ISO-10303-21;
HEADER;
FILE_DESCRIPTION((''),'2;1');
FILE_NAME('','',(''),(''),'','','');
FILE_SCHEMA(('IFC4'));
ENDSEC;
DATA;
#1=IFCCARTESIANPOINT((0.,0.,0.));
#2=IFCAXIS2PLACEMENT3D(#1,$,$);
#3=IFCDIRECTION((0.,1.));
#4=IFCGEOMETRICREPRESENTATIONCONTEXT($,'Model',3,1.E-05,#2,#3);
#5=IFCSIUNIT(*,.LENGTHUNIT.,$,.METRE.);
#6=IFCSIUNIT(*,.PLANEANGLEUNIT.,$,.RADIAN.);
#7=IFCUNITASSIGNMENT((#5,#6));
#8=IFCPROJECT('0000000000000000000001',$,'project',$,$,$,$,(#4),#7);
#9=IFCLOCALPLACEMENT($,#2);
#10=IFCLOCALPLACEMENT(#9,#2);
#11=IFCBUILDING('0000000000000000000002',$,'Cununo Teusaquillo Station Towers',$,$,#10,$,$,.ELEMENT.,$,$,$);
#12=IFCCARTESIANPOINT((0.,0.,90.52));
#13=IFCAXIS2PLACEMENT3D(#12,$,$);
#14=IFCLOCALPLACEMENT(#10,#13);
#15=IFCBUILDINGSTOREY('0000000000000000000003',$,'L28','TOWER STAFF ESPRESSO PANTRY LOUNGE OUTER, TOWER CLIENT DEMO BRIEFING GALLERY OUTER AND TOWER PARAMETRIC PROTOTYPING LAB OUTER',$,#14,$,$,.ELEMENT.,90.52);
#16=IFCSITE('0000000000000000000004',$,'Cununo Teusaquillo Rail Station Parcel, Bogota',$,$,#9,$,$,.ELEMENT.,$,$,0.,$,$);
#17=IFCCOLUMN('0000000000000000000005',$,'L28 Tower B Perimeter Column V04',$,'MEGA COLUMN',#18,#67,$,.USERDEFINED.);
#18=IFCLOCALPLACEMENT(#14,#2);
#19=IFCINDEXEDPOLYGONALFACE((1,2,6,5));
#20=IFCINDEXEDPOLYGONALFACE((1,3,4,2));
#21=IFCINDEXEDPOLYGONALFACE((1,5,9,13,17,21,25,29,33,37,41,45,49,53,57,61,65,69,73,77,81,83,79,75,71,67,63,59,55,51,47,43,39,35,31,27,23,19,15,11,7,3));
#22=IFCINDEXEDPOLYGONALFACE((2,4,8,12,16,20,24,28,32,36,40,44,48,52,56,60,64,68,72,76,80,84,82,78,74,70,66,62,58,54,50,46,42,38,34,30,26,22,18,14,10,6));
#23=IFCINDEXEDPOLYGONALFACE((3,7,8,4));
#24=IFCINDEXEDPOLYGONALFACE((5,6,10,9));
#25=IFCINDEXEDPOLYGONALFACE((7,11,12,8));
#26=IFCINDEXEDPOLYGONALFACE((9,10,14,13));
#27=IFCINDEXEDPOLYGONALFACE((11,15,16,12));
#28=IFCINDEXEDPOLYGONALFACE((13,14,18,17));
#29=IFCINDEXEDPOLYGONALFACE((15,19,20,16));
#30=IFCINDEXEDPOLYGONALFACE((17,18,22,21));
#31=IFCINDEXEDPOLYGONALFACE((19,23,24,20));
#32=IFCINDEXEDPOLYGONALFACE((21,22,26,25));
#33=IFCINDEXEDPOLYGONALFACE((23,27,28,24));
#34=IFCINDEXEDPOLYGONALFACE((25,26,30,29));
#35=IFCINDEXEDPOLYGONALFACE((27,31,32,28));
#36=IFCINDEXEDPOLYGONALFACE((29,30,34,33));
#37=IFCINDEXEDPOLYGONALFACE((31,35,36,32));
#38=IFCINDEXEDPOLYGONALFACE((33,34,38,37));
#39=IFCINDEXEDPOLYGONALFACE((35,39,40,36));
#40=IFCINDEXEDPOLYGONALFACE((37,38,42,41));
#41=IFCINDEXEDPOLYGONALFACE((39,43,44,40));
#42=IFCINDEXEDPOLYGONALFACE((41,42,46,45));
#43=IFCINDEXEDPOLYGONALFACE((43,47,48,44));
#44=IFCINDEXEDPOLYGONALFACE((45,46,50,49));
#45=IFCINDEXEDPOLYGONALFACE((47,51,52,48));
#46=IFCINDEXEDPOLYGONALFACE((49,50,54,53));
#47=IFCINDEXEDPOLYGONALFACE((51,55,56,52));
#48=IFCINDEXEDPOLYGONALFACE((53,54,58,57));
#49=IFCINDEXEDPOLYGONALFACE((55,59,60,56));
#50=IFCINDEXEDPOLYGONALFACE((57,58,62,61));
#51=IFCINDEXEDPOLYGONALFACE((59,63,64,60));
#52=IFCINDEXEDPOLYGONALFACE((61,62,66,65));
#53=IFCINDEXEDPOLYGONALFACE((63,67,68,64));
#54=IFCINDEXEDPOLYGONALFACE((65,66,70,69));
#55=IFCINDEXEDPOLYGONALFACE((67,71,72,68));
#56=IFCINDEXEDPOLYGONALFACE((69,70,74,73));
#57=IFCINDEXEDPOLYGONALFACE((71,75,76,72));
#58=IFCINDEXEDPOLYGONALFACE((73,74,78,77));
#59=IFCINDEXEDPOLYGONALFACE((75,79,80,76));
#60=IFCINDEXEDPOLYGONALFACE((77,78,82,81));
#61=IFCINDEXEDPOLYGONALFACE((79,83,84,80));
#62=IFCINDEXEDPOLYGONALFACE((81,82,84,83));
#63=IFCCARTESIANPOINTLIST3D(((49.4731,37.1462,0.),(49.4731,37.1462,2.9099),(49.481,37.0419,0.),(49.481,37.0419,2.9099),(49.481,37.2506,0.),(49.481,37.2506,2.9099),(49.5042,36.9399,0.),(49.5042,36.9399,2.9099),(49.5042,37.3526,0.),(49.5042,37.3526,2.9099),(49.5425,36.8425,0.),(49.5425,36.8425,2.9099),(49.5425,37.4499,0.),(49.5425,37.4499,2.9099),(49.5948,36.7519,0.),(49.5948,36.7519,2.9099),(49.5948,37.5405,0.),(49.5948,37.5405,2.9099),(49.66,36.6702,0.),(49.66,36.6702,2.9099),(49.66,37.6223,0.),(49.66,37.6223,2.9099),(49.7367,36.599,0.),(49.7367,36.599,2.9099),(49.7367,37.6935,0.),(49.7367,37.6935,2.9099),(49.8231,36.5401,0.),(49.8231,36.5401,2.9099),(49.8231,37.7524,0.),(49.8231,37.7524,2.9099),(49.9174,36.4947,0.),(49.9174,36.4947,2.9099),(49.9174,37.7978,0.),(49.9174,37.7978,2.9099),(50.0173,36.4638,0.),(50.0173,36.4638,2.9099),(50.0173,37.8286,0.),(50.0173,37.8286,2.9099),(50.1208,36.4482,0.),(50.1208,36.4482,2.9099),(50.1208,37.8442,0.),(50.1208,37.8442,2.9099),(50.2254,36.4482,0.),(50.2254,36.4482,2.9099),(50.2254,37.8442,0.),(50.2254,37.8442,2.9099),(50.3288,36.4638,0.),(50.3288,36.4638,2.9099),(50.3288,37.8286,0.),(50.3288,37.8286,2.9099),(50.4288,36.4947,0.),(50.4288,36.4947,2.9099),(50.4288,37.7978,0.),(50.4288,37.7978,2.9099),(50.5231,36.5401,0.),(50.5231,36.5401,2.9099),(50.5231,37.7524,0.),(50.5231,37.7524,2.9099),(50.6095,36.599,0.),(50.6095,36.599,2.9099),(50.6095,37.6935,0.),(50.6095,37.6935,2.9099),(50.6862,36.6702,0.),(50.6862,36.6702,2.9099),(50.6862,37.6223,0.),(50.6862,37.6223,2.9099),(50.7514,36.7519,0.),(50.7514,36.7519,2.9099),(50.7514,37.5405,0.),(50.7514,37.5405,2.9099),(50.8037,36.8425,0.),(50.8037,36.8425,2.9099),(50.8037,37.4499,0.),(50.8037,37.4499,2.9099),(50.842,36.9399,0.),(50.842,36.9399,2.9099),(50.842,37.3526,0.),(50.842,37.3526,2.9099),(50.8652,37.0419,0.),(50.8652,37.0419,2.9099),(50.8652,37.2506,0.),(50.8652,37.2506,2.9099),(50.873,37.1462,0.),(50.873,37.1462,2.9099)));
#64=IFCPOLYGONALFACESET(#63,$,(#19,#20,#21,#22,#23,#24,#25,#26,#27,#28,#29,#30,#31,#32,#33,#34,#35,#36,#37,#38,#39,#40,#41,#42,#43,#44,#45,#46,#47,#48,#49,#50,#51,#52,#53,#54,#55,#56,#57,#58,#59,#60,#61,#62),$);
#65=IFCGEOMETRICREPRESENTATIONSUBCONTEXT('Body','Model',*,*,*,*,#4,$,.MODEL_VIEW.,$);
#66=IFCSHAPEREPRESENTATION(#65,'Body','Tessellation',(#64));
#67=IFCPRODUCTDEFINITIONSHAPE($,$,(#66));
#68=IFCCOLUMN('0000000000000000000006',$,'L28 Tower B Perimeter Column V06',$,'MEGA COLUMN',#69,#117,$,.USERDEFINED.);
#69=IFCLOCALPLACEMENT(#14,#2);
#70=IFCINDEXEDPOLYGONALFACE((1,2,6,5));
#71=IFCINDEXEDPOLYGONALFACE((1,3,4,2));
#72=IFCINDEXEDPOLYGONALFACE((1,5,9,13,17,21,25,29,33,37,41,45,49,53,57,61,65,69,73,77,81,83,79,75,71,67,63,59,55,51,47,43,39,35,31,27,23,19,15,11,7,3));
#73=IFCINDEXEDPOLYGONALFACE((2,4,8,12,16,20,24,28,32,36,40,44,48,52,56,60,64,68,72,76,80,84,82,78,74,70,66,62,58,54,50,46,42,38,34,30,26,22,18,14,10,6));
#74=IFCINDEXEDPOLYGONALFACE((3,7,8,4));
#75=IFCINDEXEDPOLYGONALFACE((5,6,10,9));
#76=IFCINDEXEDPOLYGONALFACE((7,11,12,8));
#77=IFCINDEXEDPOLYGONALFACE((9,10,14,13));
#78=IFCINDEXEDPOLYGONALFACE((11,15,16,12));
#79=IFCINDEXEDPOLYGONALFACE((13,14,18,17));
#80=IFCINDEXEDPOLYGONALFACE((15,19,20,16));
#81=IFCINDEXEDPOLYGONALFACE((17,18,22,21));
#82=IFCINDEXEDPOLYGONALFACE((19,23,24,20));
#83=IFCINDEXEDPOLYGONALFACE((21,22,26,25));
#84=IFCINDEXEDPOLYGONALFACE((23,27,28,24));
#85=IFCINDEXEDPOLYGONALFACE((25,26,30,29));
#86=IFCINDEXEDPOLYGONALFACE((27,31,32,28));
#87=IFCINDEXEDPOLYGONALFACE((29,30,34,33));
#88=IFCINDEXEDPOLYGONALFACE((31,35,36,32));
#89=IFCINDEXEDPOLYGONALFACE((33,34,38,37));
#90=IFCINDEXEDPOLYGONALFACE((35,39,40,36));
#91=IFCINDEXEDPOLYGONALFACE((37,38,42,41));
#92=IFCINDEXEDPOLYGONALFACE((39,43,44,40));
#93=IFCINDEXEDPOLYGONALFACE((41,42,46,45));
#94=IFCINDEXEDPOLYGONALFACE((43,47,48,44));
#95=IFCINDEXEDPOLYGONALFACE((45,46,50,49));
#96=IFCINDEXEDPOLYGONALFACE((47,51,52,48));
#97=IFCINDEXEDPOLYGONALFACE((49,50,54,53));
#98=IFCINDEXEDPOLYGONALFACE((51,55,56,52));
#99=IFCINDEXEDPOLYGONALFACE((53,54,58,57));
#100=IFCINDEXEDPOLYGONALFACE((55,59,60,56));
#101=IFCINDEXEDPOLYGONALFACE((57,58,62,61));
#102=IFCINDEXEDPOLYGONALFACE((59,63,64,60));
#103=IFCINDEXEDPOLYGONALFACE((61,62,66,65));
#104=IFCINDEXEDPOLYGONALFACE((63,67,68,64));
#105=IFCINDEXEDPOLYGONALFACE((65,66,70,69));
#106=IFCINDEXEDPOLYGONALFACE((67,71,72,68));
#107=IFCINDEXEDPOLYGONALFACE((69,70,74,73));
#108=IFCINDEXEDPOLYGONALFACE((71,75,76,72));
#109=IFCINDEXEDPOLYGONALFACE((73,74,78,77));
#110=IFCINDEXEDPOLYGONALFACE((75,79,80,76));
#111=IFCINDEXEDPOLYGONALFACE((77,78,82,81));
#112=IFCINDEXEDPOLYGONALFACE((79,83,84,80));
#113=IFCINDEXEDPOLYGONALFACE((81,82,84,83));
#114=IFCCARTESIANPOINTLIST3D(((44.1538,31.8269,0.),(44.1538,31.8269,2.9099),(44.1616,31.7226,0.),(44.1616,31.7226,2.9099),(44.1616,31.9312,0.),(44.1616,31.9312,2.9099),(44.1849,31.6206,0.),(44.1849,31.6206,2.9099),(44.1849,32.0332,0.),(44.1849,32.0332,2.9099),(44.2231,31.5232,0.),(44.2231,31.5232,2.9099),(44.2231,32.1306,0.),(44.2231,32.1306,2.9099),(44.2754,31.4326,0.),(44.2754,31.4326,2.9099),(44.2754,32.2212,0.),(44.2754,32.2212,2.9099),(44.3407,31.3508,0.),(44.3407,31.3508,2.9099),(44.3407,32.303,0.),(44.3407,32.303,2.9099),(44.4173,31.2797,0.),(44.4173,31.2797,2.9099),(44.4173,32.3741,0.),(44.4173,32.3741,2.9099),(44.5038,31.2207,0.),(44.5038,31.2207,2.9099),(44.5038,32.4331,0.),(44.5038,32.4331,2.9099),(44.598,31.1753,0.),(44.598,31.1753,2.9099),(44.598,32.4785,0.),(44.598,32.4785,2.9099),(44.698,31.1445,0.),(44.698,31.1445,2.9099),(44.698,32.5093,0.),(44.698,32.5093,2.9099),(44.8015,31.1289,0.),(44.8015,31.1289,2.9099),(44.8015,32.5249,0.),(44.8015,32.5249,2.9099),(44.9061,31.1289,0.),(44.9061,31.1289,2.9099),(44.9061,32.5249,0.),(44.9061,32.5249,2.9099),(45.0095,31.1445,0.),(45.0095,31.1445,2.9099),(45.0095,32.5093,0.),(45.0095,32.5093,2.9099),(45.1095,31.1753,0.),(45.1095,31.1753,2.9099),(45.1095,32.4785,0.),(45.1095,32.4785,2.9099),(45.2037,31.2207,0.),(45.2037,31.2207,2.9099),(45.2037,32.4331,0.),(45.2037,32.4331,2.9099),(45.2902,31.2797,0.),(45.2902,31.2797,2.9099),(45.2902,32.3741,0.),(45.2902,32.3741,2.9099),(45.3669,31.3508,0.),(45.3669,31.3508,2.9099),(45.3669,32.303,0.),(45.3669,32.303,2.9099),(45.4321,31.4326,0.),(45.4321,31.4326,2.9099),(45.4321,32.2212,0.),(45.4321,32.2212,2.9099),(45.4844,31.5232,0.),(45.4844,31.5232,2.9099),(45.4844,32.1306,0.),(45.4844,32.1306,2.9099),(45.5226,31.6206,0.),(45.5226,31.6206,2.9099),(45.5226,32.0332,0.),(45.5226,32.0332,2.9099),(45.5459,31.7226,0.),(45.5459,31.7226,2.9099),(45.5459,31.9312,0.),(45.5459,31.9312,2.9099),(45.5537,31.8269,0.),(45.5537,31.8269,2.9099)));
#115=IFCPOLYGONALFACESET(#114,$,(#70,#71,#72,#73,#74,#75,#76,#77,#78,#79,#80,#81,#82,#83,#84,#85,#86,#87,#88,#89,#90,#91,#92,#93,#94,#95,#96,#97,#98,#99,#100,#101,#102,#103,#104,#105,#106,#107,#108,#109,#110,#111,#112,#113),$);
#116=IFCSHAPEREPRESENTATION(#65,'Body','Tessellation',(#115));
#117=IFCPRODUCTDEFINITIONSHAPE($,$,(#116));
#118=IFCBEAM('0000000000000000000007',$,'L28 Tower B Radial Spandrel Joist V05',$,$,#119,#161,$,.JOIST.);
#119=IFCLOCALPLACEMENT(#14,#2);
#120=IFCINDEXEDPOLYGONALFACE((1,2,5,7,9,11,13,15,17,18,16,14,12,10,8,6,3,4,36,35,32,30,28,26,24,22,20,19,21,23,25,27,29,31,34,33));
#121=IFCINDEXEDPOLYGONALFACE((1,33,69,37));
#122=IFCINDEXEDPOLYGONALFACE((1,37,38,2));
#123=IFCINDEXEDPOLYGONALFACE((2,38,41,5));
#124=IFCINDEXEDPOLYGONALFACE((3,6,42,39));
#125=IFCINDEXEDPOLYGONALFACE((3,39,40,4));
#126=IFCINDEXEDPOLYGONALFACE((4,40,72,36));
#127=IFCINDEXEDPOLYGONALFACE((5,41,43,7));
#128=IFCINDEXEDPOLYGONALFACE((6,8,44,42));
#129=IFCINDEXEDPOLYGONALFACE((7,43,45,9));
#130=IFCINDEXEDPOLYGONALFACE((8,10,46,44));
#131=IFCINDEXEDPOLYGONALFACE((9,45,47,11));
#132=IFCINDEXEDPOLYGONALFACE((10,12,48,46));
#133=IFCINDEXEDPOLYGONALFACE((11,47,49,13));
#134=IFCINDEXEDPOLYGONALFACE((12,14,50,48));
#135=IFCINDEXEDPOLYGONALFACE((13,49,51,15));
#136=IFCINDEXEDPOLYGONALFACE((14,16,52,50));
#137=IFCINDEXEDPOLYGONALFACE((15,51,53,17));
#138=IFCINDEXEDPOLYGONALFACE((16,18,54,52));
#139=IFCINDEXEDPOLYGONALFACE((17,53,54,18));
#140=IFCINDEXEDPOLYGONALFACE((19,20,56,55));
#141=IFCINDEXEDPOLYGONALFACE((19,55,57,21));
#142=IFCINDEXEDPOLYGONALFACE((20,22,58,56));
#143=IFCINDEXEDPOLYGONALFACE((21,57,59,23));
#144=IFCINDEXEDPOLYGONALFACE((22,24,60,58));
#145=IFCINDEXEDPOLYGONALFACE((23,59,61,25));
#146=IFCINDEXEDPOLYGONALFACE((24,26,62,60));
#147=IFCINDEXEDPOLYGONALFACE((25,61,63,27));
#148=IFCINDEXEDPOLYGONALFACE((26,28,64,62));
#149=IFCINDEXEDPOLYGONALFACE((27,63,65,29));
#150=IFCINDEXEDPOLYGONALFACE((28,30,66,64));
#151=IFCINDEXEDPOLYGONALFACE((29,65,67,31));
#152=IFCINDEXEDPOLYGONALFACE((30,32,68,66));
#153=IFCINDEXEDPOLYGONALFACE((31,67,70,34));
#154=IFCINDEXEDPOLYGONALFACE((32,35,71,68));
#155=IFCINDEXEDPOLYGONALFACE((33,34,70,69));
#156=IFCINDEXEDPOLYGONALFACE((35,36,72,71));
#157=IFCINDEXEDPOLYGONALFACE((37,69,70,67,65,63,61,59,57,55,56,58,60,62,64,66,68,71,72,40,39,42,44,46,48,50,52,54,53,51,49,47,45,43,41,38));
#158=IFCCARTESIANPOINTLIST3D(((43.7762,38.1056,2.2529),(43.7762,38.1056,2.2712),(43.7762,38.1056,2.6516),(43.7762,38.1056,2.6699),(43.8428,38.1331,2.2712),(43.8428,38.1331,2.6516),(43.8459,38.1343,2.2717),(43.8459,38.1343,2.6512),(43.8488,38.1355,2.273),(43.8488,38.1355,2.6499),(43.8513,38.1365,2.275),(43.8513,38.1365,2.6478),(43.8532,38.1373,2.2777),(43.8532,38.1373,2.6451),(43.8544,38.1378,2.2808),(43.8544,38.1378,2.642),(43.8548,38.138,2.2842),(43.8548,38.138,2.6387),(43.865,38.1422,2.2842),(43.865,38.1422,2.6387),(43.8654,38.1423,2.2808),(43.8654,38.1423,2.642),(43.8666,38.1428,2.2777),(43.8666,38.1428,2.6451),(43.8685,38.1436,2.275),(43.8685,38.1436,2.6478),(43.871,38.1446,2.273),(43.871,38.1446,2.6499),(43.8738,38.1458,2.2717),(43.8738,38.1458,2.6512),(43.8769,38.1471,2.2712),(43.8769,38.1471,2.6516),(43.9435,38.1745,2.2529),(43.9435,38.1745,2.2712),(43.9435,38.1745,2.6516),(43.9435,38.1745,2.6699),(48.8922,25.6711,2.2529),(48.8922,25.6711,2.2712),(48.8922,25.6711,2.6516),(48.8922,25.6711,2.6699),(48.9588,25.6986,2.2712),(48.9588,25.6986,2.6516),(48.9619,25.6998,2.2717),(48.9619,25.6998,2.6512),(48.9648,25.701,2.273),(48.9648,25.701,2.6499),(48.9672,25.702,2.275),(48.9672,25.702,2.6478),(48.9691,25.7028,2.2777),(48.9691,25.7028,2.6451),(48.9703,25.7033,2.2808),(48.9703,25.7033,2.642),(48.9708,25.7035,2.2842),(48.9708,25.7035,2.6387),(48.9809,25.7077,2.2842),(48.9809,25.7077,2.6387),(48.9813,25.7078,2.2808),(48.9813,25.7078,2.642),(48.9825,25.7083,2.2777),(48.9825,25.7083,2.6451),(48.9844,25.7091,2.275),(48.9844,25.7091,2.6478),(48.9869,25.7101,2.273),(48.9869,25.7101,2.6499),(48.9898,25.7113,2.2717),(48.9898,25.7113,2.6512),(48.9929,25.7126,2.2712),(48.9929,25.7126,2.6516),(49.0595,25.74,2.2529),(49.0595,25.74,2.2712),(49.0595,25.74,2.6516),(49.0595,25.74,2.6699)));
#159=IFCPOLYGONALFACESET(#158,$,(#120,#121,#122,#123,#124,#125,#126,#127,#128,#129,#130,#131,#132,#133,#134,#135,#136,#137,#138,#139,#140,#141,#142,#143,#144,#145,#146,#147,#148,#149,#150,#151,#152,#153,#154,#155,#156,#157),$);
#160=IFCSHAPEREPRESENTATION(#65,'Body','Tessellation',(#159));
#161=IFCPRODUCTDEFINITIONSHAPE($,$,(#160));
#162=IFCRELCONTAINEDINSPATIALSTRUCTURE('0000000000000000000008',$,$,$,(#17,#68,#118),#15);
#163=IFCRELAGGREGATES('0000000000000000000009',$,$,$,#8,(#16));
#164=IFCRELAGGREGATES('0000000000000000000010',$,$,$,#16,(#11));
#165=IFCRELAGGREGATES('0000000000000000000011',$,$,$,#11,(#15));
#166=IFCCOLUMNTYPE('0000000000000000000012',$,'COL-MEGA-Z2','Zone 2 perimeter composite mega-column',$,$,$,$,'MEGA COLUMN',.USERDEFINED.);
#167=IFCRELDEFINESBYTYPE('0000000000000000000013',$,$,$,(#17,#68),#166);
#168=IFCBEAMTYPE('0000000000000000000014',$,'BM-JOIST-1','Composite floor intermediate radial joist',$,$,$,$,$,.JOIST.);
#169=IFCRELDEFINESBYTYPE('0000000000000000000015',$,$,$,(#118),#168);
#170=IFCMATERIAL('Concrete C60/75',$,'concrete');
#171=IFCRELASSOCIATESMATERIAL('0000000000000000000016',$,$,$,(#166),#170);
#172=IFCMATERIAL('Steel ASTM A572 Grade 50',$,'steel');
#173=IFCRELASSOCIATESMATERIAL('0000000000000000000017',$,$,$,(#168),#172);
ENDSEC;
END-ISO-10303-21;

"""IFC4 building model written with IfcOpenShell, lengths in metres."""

from ifc_helpers import new_model, si_unit, direction, frame, origin, origin_2d, place, context, subcontext, project, spatial, circle, i_section, extrude, material, material_profile, profile_set, type_object, element, save


model = new_model("IFC4")

# Units and contexts
model_context = context("Model", 3, precision=1e-05, world=origin(), true_north=direction((0.0, 1.0)))
body_context = subcontext(model_context, "Body", "Model", "MODEL_VIEW")
ifc_project = project(units=[si_unit("LENGTHUNIT", "METRE"), si_unit("PLANEANGLEUNIT", "RADIAN")], contexts=[model_context])

# Site, building, storey
site_placement = place(None, origin())
site = spatial("IfcSite", under=ifc_project, at=site_placement, Name="Cununo Teusaquillo Rail Station Parcel, Bogota", CompositionType="ELEMENT", RefElevation=0.0)
building_placement = place(site_placement, origin())
building = spatial("IfcBuilding", under=site, at=building_placement, Name="Cununo Teusaquillo Station Towers", CompositionType="ELEMENT")
storey_placement = place(building_placement, frame((0.0, 0.0, 90.52)))
storey = spatial("IfcBuildingStorey", under=building, at=storey_placement, Name="L28", Description="TOWER STAFF ESPRESSO PANTRY LOUNGE OUTER, TOWER CLIENT DEMO BRIEFING GALLERY OUTER AND TOWER PARAMETRIC PROTOTYPING LAB OUTER", CompositionType="ELEMENT", Elevation=90.52)

# Columns
ifc_material_1 = material(Name="Concrete C60/75", Category="concrete")
ifc_material_profile_1 = material_profile(ifc_material_1, circle(Radius=0.7, at=origin_2d()), Name="RC-CIRC-1400")
ifc_profile_set_1 = profile_set([ifc_material_profile_1], Name="Concrete C60/75")
column_type = type_object("IfcColumnType", Name="COL-MEGA-Z2", Description="Zone 2 perimeter composite mega-column", ElementType="MEGA COLUMN", PredefinedType="USERDEFINED", material=ifc_profile_set_1)
for number, where, z_axis, x_axis, name in (
    (1, (50.1731, 37.1462, 0.0), (0.0, 0.0, 1.0), (1.0, 0.0, 0.0), "L28 Tower B Perimeter Column V04"),
    (2, (44.8538, 31.8269, 0.0), (0.0, 0.0, 1.0), (1.0, 0.0, 0.0), "L28 Tower B Perimeter Column V06"),
):
    element("IfcColumn", number, at=place(storey_placement, frame(where, z_axis=z_axis, x_axis=x_axis)), inside=storey, type_object=column_type, Name=name, ObjectType="MEGA COLUMN", PredefinedType="USERDEFINED", context=body_context, shape_type="SweptSolid", body=[
        extrude(circle(Radius=0.7, at=origin_2d()), origin(), (0.0, 0.0, 1.0), 2.9099),
    ])

# Beam
ifc_material_2 = material(Name="Steel ASTM A572 Grade 50", Category="steel")
ifc_material_profile_2 = material_profile(ifc_material_2, i_section(OverallWidth=0.1809, OverallDepth=0.417, WebThickness=0.011, FlangeThickness=0.0183, FilletRadius=0.0129, at=origin_2d()), Name="W16X57")
ifc_profile_set_2 = profile_set([ifc_material_profile_2], Name="Steel ASTM A572 Grade 50")
beam_type_1 = type_object("IfcBeamType", Name="BM-JOIST-1", Description="Composite floor intermediate radial joist", PredefinedType="JOIST", material=ifc_profile_set_2)
beam_1_placement = place(storey_placement, frame((48.9758, 25.7056, 2.4614), z_axis=(-0.380486, 0.924787, 0.0), x_axis=(-0.924787, -0.380486, 0.0)))
element("IfcBeam", 3, at=beam_1_placement, inside=storey, type_object=beam_type_1, Name="L28 Tower B Radial Spandrel Joist V05", PredefinedType="JOIST", context=body_context, shape_type="SweptSolid", body=[
    extrude(i_section(OverallWidth=0.1809, OverallDepth=0.417, WebThickness=0.011, FlangeThickness=0.0183, FilletRadius=0.0129, at=origin_2d()), origin(), (0.0, 0.0, 1.0), 13.4458),
])

save(model, "model.ifc")
